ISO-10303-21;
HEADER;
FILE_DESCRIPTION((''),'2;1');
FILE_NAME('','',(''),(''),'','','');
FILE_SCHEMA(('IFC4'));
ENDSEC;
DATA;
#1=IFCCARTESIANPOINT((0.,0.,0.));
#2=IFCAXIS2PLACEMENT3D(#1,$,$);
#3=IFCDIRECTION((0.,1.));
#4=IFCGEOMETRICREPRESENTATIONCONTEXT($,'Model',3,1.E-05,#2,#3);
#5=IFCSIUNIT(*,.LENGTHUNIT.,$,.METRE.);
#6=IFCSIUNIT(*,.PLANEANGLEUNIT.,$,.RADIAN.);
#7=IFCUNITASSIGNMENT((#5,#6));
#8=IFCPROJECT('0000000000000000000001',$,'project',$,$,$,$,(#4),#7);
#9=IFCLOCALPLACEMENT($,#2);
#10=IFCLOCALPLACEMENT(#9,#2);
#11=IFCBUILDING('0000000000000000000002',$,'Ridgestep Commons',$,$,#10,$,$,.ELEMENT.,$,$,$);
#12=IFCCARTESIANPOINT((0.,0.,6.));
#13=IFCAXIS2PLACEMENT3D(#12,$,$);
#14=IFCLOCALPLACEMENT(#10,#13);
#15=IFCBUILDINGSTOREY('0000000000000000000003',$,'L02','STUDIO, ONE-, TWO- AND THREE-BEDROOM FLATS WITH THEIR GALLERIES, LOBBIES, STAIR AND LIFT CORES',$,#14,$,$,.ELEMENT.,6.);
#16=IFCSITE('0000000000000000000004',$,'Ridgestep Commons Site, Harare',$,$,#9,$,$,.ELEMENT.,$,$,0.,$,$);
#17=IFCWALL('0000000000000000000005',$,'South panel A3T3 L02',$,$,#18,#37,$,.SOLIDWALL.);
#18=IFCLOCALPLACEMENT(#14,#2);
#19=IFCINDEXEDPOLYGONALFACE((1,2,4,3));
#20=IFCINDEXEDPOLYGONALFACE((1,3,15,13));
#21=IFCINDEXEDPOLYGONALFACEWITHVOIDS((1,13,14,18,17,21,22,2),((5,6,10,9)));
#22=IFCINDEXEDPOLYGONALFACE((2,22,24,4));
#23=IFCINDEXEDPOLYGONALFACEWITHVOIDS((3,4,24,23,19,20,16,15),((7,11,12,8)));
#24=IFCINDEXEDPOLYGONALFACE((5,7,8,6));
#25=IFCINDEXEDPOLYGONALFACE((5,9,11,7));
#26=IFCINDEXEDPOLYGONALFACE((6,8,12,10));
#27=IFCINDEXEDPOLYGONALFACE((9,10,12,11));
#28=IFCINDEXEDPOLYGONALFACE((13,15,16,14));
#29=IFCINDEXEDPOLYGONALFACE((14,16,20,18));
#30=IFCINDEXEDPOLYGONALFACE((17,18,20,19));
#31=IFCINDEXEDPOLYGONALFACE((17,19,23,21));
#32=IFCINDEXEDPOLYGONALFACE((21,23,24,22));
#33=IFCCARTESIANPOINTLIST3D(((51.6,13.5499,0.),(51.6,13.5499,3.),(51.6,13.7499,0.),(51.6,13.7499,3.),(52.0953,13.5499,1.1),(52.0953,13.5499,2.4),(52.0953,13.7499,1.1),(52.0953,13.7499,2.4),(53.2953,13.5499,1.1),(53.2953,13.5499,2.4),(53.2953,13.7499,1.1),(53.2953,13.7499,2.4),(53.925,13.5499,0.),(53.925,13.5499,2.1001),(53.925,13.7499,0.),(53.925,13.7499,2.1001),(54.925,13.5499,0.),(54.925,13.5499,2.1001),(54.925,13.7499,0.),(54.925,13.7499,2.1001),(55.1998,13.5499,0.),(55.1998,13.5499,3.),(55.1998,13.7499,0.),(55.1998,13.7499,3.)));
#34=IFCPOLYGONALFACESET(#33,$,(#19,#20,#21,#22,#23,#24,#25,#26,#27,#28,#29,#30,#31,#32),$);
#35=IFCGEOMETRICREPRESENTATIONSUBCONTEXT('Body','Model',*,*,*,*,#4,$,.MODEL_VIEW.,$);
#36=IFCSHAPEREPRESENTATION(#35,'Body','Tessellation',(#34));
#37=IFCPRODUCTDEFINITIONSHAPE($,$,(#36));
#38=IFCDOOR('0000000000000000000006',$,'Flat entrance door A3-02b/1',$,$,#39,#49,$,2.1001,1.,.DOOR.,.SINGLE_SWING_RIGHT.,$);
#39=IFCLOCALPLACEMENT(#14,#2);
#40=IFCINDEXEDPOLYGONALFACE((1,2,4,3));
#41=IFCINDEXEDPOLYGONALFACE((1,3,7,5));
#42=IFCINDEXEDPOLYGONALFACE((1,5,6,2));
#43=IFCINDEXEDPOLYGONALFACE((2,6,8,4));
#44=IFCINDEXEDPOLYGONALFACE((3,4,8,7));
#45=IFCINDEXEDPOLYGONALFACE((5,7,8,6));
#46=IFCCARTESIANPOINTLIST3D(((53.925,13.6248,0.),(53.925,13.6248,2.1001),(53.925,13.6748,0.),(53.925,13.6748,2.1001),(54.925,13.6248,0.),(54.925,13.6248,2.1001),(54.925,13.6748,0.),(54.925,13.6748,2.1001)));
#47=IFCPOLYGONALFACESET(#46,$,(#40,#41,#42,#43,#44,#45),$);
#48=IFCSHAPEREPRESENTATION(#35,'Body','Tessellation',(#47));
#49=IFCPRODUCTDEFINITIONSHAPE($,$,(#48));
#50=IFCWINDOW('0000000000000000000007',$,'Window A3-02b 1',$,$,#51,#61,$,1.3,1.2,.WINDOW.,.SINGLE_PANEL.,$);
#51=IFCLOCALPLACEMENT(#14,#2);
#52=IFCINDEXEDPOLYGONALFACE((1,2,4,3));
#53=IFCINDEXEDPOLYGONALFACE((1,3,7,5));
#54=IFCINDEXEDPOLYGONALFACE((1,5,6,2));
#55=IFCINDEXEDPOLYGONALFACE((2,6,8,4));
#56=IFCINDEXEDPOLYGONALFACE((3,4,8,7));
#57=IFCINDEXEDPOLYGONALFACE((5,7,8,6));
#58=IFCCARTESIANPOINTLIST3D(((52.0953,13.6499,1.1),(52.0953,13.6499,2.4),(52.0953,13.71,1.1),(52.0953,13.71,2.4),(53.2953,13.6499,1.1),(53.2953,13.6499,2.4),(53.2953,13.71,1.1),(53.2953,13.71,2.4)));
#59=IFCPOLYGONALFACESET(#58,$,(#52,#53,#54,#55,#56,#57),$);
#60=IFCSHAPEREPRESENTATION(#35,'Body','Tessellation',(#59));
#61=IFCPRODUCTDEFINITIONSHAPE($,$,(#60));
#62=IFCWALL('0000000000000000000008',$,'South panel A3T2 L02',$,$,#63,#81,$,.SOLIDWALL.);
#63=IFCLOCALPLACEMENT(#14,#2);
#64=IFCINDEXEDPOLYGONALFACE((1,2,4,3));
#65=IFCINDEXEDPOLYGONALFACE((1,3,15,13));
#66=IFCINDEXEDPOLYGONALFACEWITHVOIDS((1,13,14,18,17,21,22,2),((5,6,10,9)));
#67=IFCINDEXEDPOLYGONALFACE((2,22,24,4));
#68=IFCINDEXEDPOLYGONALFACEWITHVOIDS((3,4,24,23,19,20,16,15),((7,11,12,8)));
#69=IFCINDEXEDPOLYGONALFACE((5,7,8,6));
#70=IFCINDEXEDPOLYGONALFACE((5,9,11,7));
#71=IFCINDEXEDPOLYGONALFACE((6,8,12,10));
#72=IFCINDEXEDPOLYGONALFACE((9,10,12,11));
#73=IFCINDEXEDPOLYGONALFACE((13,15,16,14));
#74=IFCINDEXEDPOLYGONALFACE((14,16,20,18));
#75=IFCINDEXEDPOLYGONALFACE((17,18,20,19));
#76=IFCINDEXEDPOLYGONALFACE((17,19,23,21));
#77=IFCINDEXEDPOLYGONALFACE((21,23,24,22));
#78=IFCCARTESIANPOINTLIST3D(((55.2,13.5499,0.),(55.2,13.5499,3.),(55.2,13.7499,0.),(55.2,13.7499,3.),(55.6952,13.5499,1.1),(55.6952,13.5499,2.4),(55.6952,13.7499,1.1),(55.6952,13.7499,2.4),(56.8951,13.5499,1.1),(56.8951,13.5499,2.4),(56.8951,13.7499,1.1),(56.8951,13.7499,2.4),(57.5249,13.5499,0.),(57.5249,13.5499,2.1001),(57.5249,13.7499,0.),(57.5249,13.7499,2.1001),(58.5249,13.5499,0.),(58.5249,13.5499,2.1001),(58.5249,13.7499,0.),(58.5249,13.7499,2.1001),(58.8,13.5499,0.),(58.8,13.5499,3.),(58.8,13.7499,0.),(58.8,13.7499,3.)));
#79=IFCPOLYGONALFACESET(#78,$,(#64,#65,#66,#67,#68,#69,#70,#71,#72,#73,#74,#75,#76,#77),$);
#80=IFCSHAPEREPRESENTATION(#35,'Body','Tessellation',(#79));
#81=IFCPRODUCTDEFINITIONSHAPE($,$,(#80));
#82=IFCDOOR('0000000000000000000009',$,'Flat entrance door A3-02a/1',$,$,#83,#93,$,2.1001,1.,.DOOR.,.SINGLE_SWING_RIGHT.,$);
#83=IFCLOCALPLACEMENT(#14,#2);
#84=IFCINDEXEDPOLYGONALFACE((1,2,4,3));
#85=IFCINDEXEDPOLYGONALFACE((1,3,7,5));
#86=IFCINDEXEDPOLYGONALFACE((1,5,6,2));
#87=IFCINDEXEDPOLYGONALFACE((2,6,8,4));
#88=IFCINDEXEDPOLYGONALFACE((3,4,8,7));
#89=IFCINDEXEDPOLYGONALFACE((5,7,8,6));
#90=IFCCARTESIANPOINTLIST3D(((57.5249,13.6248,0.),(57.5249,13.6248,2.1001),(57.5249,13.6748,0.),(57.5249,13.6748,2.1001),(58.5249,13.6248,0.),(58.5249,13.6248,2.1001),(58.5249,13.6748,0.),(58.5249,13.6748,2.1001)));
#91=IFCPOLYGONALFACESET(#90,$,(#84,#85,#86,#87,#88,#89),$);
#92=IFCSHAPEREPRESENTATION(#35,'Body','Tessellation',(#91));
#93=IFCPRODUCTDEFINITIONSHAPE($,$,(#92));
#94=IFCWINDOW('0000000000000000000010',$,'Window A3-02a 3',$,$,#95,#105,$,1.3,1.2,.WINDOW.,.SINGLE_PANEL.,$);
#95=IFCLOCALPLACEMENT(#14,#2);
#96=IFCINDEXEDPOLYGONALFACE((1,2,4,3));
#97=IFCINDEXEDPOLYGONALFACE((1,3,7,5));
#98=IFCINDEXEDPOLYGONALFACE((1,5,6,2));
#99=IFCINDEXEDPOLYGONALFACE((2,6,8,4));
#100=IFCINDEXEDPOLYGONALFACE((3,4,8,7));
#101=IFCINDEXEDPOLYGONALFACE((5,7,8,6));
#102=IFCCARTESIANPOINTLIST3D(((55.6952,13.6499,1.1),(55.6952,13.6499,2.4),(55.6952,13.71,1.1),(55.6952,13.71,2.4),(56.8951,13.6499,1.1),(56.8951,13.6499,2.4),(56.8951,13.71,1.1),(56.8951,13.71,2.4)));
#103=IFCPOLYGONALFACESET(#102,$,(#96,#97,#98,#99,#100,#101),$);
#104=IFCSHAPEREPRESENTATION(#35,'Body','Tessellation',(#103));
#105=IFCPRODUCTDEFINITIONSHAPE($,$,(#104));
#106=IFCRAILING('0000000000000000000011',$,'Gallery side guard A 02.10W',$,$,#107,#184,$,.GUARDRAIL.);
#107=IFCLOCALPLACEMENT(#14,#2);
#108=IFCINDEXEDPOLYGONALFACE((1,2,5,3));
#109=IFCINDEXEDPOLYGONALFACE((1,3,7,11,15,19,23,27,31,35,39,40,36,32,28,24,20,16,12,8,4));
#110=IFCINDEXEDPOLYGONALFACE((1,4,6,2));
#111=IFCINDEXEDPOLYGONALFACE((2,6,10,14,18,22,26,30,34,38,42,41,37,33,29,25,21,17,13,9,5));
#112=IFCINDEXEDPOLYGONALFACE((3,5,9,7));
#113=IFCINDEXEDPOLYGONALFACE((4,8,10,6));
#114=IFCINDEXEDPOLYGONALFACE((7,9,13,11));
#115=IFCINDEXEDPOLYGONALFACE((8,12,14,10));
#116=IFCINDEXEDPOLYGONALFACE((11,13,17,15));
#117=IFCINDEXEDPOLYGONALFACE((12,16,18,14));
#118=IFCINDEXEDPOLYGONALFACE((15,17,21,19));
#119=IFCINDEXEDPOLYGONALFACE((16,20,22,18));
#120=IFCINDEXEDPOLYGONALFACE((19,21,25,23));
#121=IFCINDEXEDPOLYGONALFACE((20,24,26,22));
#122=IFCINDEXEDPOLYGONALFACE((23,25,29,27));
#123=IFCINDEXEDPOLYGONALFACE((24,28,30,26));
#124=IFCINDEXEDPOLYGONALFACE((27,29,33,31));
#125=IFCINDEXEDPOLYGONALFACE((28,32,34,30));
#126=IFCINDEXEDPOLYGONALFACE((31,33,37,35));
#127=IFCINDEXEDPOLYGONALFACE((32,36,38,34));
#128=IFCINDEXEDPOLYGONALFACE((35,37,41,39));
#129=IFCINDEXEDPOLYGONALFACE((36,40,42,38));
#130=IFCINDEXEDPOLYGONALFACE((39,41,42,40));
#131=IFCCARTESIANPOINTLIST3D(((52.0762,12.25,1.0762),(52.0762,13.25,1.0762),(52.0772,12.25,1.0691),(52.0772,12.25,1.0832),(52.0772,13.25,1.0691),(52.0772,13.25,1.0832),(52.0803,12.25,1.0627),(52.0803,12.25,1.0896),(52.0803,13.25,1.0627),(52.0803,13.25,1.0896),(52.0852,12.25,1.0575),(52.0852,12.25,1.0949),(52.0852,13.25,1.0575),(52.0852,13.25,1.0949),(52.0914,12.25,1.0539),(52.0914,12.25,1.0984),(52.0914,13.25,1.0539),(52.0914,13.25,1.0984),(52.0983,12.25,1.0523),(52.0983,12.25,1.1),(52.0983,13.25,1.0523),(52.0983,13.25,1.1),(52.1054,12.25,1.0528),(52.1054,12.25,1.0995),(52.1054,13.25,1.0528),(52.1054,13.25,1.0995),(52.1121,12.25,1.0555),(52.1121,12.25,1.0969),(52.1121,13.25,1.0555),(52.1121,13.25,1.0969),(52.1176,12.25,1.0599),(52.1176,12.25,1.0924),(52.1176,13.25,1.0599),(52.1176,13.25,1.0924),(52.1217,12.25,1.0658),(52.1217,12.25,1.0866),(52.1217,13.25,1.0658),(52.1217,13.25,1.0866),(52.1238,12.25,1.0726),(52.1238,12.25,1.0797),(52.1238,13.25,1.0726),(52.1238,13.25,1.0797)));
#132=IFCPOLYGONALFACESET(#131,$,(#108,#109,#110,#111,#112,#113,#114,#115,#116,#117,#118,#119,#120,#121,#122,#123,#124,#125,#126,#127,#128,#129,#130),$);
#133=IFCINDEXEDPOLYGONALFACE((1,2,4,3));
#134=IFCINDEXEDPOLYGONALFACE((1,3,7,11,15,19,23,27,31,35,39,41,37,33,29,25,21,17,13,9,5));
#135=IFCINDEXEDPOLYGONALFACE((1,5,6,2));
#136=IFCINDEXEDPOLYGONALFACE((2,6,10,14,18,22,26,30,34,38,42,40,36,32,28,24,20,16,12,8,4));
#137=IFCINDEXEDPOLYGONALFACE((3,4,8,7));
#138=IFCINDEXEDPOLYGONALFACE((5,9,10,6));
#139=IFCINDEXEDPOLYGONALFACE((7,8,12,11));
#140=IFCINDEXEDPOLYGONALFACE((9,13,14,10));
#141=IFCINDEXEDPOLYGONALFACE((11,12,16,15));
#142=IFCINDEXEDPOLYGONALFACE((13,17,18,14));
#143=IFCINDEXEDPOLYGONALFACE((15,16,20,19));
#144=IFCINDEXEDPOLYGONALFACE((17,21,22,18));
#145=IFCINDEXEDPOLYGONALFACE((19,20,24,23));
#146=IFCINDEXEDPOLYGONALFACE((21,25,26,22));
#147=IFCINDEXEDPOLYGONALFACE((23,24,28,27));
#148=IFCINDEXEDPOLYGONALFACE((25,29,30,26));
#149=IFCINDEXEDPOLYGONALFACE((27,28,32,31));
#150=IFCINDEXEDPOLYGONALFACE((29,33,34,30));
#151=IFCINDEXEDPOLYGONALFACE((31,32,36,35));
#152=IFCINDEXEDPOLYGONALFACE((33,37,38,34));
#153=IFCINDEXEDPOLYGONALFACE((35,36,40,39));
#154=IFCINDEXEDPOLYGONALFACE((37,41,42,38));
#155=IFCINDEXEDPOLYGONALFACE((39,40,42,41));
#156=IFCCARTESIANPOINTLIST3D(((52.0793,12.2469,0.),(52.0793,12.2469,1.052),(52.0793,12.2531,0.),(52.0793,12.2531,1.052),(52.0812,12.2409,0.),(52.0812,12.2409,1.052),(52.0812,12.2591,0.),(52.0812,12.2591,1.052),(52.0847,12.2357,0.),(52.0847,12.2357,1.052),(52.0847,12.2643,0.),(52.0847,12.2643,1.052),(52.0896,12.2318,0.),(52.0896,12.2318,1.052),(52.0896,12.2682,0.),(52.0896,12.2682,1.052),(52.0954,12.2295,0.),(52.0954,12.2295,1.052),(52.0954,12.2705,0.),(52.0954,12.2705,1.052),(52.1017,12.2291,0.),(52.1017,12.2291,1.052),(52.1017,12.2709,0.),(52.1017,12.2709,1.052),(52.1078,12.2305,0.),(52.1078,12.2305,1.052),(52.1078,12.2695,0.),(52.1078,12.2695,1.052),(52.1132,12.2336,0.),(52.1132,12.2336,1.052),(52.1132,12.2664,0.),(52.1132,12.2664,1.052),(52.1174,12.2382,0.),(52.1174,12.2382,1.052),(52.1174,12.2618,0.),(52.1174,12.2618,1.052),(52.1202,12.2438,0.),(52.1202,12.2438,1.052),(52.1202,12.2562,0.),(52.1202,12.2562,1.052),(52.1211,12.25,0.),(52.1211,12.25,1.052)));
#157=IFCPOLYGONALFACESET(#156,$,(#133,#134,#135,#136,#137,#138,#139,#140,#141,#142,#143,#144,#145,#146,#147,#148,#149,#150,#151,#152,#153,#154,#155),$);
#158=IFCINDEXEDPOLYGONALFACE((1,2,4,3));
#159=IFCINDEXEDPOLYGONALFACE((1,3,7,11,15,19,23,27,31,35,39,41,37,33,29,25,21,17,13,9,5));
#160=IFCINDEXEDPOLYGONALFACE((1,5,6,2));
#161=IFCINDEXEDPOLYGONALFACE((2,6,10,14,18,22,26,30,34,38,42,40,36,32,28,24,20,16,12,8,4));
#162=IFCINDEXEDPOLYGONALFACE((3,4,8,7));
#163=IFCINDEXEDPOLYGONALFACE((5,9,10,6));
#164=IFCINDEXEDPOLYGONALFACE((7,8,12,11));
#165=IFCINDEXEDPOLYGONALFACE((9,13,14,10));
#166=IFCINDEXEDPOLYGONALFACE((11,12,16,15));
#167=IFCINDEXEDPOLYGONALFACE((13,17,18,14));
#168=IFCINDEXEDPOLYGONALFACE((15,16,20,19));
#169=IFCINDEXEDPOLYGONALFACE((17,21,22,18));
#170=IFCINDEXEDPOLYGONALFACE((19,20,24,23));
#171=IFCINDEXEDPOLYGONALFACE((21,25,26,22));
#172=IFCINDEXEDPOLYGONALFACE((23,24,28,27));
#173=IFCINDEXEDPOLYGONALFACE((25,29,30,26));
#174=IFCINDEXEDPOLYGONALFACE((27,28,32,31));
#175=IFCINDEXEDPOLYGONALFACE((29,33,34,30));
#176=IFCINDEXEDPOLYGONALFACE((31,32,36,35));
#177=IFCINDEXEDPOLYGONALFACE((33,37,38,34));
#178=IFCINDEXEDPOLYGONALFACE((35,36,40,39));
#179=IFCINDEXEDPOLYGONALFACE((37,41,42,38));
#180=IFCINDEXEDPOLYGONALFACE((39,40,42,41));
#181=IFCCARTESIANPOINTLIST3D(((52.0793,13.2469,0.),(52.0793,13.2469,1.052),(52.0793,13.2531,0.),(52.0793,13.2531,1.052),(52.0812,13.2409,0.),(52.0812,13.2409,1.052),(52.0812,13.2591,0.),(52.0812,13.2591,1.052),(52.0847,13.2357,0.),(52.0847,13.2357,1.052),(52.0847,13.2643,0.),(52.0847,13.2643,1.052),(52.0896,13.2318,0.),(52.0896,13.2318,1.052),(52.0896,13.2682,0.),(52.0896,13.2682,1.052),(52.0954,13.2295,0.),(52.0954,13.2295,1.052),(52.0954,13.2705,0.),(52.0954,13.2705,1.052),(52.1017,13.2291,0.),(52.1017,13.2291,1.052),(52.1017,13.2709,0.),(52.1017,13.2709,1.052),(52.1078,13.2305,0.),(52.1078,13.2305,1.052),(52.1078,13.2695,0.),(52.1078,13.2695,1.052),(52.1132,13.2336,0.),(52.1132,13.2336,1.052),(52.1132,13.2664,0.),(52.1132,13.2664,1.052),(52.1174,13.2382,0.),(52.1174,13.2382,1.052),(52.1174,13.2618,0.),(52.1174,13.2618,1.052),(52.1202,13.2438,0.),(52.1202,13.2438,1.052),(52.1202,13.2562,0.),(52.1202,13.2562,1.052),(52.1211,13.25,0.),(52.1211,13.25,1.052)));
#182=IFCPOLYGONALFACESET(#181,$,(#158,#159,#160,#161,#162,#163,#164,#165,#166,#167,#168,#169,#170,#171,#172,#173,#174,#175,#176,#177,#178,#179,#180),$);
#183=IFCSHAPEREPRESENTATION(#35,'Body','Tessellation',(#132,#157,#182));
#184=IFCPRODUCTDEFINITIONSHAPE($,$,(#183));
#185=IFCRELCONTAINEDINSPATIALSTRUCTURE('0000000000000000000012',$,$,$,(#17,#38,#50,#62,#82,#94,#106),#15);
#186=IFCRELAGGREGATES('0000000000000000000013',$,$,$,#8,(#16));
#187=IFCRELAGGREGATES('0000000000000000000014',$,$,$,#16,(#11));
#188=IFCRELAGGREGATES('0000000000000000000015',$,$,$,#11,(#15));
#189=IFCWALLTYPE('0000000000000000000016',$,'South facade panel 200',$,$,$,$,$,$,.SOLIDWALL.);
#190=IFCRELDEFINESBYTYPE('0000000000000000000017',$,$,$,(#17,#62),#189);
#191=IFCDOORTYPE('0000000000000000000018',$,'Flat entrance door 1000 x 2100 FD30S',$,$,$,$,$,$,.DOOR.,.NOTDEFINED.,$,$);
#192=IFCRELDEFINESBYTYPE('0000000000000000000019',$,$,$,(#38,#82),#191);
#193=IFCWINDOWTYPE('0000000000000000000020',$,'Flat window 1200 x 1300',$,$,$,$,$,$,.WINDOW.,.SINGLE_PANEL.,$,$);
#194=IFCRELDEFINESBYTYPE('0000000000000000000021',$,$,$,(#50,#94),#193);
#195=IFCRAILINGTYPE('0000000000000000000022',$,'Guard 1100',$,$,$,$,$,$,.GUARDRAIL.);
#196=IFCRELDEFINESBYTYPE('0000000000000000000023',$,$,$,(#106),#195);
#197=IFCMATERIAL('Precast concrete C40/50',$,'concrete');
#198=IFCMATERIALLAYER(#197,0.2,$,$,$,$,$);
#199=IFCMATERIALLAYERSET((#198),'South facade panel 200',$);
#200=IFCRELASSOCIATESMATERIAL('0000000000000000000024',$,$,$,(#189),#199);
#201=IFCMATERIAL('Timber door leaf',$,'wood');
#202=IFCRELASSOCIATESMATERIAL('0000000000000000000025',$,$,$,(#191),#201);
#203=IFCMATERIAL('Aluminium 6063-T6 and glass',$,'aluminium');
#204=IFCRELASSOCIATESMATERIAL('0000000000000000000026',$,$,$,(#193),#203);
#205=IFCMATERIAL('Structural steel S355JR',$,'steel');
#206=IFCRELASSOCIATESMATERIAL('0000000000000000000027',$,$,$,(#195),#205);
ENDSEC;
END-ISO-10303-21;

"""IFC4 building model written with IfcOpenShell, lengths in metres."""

from ifc_helpers import new_model, si_unit, direction, frame, frame_2d, origin, origin_2d, place, context, subcontext, project, spatial, rectangle, circle, extrude, material, layer, layer_set, type_object, element, fill, save


model = new_model("IFC4")

# Units and contexts
model_context = context("Model", 3, precision=1e-05, world=origin(), true_north=direction((0.0, 1.0)))
body_context = subcontext(model_context, "Body", "Model", "MODEL_VIEW")
ifc_project = project(units=[si_unit("LENGTHUNIT", "METRE"), si_unit("PLANEANGLEUNIT", "RADIAN")], contexts=[model_context])

# Site, building, storey
site_placement = place(None, origin())
site = spatial("IfcSite", under=ifc_project, at=site_placement, Name="Ridgestep Commons Site, Harare", CompositionType="ELEMENT", RefElevation=0.0)
building_placement = place(site_placement, origin())
building = spatial("IfcBuilding", under=site, at=building_placement, Name="Ridgestep Commons", CompositionType="ELEMENT")
storey_placement = place(building_placement, frame((0.0, 0.0, 6.0)))
storey = spatial("IfcBuildingStorey", under=building, at=storey_placement, Name="L02", Description="STUDIO, ONE-, TWO- AND THREE-BEDROOM FLATS WITH THEIR GALLERIES, LOBBIES, STAIR AND LIFT CORES", CompositionType="ELEMENT", Elevation=6.0)

# Walls, openings, doors, windows
ifc_material_1 = material(Name="Precast concrete C40/50", Category="concrete")
ifc_layer_1 = layer(ifc_material_1, 0.2)
ifc_layer_set_1 = layer_set([ifc_layer_1], Name="South facade panel 200")
wall_type_1 = type_object("IfcWallType", Name="South facade panel 200", PredefinedType="SOLIDWALL", material=ifc_layer_set_1)
wall_1_placement = place(storey_placement, frame((51.6001, 13.6499, 0.0), z_axis=(0.0, 0.0, 1.0), x_axis=(1.0, 0.0, 0.0)))
wall_1 = element("IfcWall", 1, at=wall_1_placement, inside=storey, type_object=wall_type_1, Name="South panel A3T3 L02", PredefinedType="SOLIDWALL", context=body_context, shape_type="SweptSolid", body=[
    extrude(rectangle(XDim=3.5999, YDim=0.2, at=frame_2d((1.7998, 0.0))), origin(), (0.0, 0.0, 1.0), 3.0),
])
opening_1_placement = place(wall_1_placement, frame((0.4951, 0.0, 1.1001)))
opening_1 = element("IfcOpeningElement", 2, at=opening_1_placement, cuts=wall_1, PredefinedType="OPENING", context=body_context, shape_type="SweptSolid", body=[
    extrude(rectangle(XDim=1.2, YDim=1.3, at=frame_2d((0.6001, 0.6499))), frame((0.0, 0.1099, 0.0), z_axis=(0.0, -1.0, 0.0), x_axis=(1.0, 0.0, 0.0)), (0.0, 0.0, 1.0), 0.22),
])
opening_2_placement = place(wall_1_placement, frame((2.325, 0.0, 0.0)))
opening_2 = element("IfcOpeningElement", 3, at=opening_2_placement, cuts=wall_1, PredefinedType="OPENING", context=body_context, shape_type="SweptSolid", body=[
    extrude(rectangle(XDim=1.0, YDim=2.1001, at=frame_2d((0.5, 1.05))), frame((0.0, 0.1099, 0.0), z_axis=(0.0, -1.0, 0.0), x_axis=(1.0, 0.0, 0.0)), (0.0, 0.0, 1.0), 0.22),
])
ifc_material_2 = material(Name="Timber door leaf", Category="wood")
door_type_1 = type_object("IfcDoorType", Name="Flat entrance door 1000 x 2100 FD30S", OperationType="NOTDEFINED", PredefinedType="DOOR", material=ifc_material_2)
door_1_placement = place(opening_2_placement, origin())
door_1 = element("IfcDoor", 4, at=door_1_placement, inside=storey, type_object=door_type_1, Name="Flat entrance door A3-02b/1", OperationType="SINGLE_SWING_RIGHT", OverallHeight=2.1001, OverallWidth=1.0, PredefinedType="DOOR", context=body_context, shape_type="SweptSolid", body=[
    extrude(rectangle(XDim=1.0, YDim=2.1001, at=frame_2d((0.5, 1.05))), frame((0.0, 0.0249, 0.0), z_axis=(0.0, -1.0, 0.0), x_axis=(1.0, 0.0, 0.0)), (0.0, 0.0, 1.0), 0.05),
])
fill(opening_2, door_1)
ifc_material_3 = material(Name="Aluminium 6063-T6 and glass", Category="aluminium")
window_type = type_object("IfcWindowType", Name="Flat window 1200 x 1300", PartitioningType="SINGLE_PANEL", PredefinedType="WINDOW", material=ifc_material_3)
window_1_placement = place(opening_1_placement, origin())
window_1 = element("IfcWindow", 5, at=window_1_placement, inside=storey, type_object=window_type, Name="Window A3-02b 1", OverallHeight=1.3, OverallWidth=1.2, PartitioningType="SINGLE_PANEL", PredefinedType="WINDOW", context=body_context, shape_type="SweptSolid", body=[
    extrude(rectangle(XDim=1.2, YDim=1.3, at=frame_2d((0.6001, 0.6499))), frame((0.0, 0.0601, 0.0), z_axis=(0.0, -1.0, 0.0), x_axis=(1.0, 0.0, 0.0)), (0.0, 0.0, 1.0), 0.0601),
])
fill(opening_1, window_1)
wall_2_placement = place(storey_placement, frame((55.2, 13.6499, 0.0), z_axis=(0.0, 0.0, 1.0), x_axis=(1.0, 0.0, 0.0)))
wall_2 = element("IfcWall", 6, at=wall_2_placement, inside=storey, type_object=wall_type_1, Name="South panel A3T2 L02", PredefinedType="SOLIDWALL", context=body_context, shape_type="SweptSolid", body=[
    extrude(rectangle(XDim=3.6001, YDim=0.2, at=frame_2d((1.8, 0.0))), origin(), (0.0, 0.0, 1.0), 3.0),
])
opening_3_placement = place(wall_2_placement, frame((0.4951, 0.0, 1.1001)))
opening_3 = element("IfcOpeningElement", 7, at=opening_3_placement, cuts=wall_2, PredefinedType="OPENING", context=body_context, shape_type="SweptSolid", body=[
    extrude(rectangle(XDim=1.2, YDim=1.3, at=frame_2d((0.6001, 0.6499))), frame((0.0, 0.1099, 0.0), z_axis=(0.0, -1.0, 0.0), x_axis=(1.0, 0.0, 0.0)), (0.0, 0.0, 1.0), 0.22),
])
opening_4_placement = place(wall_2_placement, frame((2.325, 0.0, 0.0)))
opening_4 = element("IfcOpeningElement", 8, at=opening_4_placement, cuts=wall_2, PredefinedType="OPENING", context=body_context, shape_type="SweptSolid", body=[
    extrude(rectangle(XDim=1.0, YDim=2.1001, at=frame_2d((0.5, 1.05))), frame((0.0, 0.1099, 0.0), z_axis=(0.0, -1.0, 0.0), x_axis=(1.0, 0.0, 0.0)), (0.0, 0.0, 1.0), 0.22),
])
door_2_placement = place(opening_4_placement, origin())
door_2 = element("IfcDoor", 9, at=door_2_placement, inside=storey, type_object=door_type_1, Name="Flat entrance door A3-02a/1", OperationType="SINGLE_SWING_RIGHT", OverallHeight=2.1001, OverallWidth=1.0, PredefinedType="DOOR", context=body_context, shape_type="SweptSolid", body=[
    extrude(rectangle(XDim=1.0, YDim=2.1001, at=frame_2d((0.5, 1.05))), frame((0.0, 0.0249, 0.0), z_axis=(0.0, -1.0, 0.0), x_axis=(1.0, 0.0, 0.0)), (0.0, 0.0, 1.0), 0.05),
])
fill(opening_4, door_2)
window_2_placement = place(opening_3_placement, origin())
window_2 = element("IfcWindow", 10, at=window_2_placement, inside=storey, type_object=window_type, Name="Window A3-02a 3", OverallHeight=1.3, OverallWidth=1.2, PartitioningType="SINGLE_PANEL", PredefinedType="WINDOW", context=body_context, shape_type="SweptSolid", body=[
    extrude(rectangle(XDim=1.2, YDim=1.3, at=frame_2d((0.6001, 0.6499))), frame((0.0, 0.0601, 0.0), z_axis=(0.0, -1.0, 0.0), x_axis=(1.0, 0.0, 0.0)), (0.0, 0.0, 1.0), 0.0601),
])
fill(opening_3, window_2)

# Railing
ifc_material_4 = material(Name="Structural steel S355JR", Category="steel")
railing_type = type_object("IfcRailingType", Name="Guard 1100", PredefinedType="GUARDRAIL", material=ifc_material_4)
for number, where, name in (
    (11, (52.1001, 12.25, 0.0), "Gallery side guard A 02.10W"),
):
    element("IfcRailing", number, at=place(storey_placement, frame(where)), inside=storey, type_object=railing_type, Name=name, PredefinedType="GUARDRAIL", context=body_context, shape_type="SweptSolid", body=[
        extrude(circle(Radius=0.0239, at=origin_2d()), frame((0.0, 0.0, 1.0762), z_axis=(0.0, 1.0, 0.0), x_axis=(-1.0, 0.0, 0.0)), (0.0, 0.0, 1.0), 1.0),
        extrude(circle(Radius=0.021, at=origin_2d()), origin(), (0.0, 0.0, 1.0), 1.052),
        extrude(circle(Radius=0.021, at=origin_2d()), frame((0.0, 1.0, 0.0)), (0.0, 0.0, 1.0), 1.052),
    ])

save(model, "model.ifc")
